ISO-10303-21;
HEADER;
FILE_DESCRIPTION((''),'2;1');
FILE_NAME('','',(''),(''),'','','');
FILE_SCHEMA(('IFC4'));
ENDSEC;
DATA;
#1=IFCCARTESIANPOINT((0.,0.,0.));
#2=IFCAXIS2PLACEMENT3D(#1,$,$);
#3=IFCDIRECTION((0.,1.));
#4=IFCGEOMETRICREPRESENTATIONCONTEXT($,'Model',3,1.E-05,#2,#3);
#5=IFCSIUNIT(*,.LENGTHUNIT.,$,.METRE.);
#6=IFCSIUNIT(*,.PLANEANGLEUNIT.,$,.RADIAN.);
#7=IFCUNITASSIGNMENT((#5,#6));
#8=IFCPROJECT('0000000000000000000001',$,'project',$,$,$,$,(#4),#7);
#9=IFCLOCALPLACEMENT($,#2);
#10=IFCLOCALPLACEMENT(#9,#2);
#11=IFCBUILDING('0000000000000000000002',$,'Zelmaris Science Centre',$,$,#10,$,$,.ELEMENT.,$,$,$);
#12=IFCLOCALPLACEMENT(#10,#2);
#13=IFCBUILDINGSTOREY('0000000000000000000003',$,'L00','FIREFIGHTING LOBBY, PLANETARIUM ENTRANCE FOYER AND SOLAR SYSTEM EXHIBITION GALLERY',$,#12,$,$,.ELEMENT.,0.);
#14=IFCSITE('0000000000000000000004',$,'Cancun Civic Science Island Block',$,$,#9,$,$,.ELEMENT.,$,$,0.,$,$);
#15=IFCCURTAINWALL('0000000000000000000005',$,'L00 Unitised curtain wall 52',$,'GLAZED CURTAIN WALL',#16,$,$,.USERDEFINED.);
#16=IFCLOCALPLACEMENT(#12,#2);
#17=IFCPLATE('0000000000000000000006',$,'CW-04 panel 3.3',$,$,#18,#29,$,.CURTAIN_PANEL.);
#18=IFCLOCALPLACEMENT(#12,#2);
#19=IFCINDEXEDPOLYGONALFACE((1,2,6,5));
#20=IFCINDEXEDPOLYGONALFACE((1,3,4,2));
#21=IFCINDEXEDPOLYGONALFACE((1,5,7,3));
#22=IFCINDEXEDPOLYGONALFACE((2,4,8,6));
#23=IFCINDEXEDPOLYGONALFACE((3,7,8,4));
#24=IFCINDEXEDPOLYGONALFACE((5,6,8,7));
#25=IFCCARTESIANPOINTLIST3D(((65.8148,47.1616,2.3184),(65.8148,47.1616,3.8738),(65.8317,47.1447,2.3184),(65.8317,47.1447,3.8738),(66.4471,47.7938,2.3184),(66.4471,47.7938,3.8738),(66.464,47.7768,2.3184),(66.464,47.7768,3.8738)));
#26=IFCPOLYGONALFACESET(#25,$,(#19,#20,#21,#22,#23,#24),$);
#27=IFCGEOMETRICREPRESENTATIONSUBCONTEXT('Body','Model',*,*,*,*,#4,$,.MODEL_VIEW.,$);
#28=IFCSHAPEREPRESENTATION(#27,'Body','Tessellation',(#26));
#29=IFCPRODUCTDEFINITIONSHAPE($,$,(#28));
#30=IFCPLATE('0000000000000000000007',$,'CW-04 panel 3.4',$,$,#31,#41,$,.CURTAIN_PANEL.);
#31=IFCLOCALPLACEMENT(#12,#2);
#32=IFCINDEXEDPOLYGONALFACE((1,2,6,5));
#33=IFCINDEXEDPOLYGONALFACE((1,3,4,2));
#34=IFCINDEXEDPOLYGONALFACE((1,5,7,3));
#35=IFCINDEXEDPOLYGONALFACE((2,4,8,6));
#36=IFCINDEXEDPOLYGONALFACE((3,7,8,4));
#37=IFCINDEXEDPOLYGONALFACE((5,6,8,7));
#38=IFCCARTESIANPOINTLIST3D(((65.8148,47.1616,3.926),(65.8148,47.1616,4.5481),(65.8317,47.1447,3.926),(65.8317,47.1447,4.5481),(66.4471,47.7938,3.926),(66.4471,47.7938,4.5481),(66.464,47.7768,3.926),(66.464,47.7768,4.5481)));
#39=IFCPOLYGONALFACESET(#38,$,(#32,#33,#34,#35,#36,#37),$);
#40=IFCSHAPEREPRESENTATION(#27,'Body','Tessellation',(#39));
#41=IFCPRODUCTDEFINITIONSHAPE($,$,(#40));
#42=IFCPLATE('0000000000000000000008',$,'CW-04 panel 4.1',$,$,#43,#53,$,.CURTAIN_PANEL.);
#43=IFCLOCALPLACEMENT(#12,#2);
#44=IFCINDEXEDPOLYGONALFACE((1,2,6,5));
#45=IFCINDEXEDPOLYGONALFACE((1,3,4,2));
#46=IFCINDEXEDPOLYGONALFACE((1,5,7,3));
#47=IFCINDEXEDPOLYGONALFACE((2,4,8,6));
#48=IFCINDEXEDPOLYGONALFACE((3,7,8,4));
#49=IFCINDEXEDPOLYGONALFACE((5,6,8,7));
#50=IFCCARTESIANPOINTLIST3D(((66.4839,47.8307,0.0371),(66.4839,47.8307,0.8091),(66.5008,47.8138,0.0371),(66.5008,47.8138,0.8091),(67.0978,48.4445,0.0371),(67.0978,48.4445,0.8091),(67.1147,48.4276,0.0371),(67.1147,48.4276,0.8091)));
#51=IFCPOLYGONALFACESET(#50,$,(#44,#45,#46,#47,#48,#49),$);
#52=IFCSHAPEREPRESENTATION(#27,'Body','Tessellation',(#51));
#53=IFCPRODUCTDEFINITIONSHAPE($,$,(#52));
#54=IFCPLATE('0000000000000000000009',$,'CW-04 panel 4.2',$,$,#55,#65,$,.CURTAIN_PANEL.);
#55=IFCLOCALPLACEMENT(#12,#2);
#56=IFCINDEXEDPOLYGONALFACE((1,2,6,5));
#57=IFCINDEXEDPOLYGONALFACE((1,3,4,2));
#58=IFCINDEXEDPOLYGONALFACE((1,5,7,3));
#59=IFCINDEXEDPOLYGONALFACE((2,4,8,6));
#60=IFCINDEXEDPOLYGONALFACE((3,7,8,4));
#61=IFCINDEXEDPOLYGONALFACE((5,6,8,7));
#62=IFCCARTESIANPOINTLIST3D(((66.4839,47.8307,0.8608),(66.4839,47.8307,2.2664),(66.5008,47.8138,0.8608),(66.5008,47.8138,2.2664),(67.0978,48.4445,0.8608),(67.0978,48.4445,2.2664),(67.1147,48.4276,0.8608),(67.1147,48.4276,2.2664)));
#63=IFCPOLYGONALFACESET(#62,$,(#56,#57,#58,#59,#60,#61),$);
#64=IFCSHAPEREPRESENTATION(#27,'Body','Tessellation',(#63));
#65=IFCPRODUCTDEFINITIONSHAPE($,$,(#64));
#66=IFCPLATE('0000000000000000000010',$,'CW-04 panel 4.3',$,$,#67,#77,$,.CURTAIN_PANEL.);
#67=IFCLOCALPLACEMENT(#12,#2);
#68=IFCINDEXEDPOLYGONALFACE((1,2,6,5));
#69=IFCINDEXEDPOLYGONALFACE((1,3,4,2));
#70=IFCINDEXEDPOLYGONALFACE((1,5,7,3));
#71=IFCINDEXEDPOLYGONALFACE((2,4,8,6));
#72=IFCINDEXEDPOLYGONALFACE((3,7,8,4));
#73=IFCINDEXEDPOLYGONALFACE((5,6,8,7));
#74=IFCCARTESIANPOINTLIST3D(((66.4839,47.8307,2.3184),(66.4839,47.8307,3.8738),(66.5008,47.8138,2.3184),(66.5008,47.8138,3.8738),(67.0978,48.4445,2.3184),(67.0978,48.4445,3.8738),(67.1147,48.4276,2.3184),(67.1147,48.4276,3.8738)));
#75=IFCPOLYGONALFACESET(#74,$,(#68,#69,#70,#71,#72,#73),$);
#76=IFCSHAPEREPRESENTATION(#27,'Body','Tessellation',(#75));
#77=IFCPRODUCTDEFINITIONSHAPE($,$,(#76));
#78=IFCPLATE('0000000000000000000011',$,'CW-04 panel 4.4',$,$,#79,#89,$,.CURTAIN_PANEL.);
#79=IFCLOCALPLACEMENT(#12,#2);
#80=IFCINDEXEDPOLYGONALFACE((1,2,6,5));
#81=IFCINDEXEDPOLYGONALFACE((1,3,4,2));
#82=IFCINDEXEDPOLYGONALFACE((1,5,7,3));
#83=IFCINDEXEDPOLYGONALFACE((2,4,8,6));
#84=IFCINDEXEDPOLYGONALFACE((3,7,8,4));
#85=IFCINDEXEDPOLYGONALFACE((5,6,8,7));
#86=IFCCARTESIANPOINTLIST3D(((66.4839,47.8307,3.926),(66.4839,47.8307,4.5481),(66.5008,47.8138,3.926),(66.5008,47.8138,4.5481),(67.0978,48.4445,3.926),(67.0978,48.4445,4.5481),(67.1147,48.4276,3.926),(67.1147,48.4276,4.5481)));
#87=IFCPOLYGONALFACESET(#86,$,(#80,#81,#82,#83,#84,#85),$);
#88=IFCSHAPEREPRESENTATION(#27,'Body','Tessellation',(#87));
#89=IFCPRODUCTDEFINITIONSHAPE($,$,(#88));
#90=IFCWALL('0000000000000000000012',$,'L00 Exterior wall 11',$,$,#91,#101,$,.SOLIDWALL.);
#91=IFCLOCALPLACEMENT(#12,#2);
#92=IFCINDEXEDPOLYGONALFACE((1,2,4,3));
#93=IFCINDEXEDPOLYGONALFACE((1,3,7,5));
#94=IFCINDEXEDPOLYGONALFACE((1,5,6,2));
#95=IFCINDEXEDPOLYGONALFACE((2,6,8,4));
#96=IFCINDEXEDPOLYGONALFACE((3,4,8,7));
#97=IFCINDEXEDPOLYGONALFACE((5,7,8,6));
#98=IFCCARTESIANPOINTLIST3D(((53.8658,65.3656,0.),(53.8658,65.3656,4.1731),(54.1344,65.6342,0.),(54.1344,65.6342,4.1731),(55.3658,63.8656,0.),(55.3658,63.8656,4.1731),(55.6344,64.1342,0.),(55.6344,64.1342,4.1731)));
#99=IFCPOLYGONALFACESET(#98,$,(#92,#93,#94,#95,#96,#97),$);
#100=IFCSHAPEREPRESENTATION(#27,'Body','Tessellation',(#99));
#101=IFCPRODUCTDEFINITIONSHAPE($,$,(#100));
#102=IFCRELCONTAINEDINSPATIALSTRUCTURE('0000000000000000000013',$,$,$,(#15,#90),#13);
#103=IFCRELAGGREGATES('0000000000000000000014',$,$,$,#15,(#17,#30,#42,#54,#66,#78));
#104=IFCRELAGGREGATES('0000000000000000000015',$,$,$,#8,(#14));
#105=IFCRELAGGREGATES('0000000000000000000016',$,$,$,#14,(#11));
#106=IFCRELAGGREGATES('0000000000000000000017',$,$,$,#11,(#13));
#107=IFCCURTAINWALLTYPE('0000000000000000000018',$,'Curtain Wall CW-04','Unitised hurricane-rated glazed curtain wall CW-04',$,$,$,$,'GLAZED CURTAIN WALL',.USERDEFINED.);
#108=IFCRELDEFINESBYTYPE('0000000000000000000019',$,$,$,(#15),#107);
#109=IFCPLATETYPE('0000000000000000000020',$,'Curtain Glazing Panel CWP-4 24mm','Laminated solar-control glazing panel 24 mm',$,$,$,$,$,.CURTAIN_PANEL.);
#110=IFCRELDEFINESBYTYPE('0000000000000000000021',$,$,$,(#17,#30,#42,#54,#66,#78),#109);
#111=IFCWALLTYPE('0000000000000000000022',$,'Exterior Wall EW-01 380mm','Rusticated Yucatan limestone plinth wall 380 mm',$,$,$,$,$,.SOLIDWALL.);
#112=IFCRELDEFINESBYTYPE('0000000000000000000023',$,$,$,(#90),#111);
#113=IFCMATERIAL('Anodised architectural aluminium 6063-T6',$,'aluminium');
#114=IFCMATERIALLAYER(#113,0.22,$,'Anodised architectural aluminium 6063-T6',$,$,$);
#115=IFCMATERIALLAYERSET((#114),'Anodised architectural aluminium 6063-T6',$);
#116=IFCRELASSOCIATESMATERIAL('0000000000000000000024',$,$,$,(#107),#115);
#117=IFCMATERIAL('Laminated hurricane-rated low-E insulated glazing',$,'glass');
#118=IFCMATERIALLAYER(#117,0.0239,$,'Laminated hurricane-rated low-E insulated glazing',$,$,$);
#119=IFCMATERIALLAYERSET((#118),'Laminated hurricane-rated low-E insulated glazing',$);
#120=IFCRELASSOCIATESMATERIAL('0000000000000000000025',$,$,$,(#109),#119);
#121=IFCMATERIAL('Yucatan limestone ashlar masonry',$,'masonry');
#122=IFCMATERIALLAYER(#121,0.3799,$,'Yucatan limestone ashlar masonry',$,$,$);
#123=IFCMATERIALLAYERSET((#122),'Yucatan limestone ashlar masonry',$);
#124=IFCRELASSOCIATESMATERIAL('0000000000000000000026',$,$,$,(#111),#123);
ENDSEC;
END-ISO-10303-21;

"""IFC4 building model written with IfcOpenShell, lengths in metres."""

from ifc_helpers import new_model, si_unit, direction, frame, frame_2d, origin, origin_2d, place, context, subcontext, project, spatial, rectangle, extrude, material, layer, layer_set, type_object, element, aggregate, save


model = new_model("IFC4")

# Units and contexts
model_context = context("Model", 3, precision=1e-05, world=origin(), true_north=direction((0.0, 1.0)))
body_context = subcontext(model_context, "Body", "Model", "MODEL_VIEW")
ifc_project = project(units=[si_unit("LENGTHUNIT", "METRE"), si_unit("PLANEANGLEUNIT", "RADIAN")], contexts=[model_context])

# Site, building, storey
site_placement = place(None, origin())
site = spatial("IfcSite", under=ifc_project, at=site_placement, Name="Cancun Civic Science Island Block", CompositionType="ELEMENT", RefElevation=0.0)
building_placement = place(site_placement, origin())
building = spatial("IfcBuilding", under=site, at=building_placement, Name="Zelmaris Science Centre", CompositionType="ELEMENT")
storey_placement = place(building_placement, origin())
storey = spatial("IfcBuildingStorey", under=building, at=storey_placement, Name="L00", Description="FIREFIGHTING LOBBY, PLANETARIUM ENTRANCE FOYER AND SOLAR SYSTEM EXHIBITION GALLERY", CompositionType="ELEMENT", Elevation=0.0)

# Curtain wall
ifc_material_1 = material(Name="Anodised architectural aluminium 6063-T6", Category="aluminium")
ifc_layer_1 = layer(ifc_material_1, 0.22, Name="Anodised architectural aluminium 6063-T6")
ifc_layer_set_1 = layer_set([ifc_layer_1], Name="Anodised architectural aluminium 6063-T6")
curtain_wall_type_1 = type_object("IfcCurtainWallType", Name="Curtain Wall CW-04", Description="Unitised hurricane-rated glazed curtain wall CW-04", ElementType="GLAZED CURTAIN WALL", PredefinedType="USERDEFINED", material=ifc_layer_set_1)
curtain_wall_1_placement = place(storey_placement, origin())
curtain_wall_1 = element("IfcCurtainWall", 1, at=curtain_wall_1_placement, inside=storey, type_object=curtain_wall_type_1, Name="L00 Unitised curtain wall 52", ObjectType="GLAZED CURTAIN WALL", PredefinedType="USERDEFINED")

# Plates
ifc_material_2 = material(Name="Laminated hurricane-rated low-E insulated glazing", Category="glass")
ifc_layer_2 = layer(ifc_material_2, 0.0239, Name="Laminated hurricane-rated low-E insulated glazing")
ifc_layer_set_2 = layer_set([ifc_layer_2], Name="Laminated hurricane-rated low-E insulated glazing")
plate_type = type_object("IfcPlateType", Name="Curtain Glazing Panel CWP-4 24mm", Description="Laminated solar-control glazing panel 24 mm", PredefinedType="CURTAIN_PANEL", material=ifc_layer_set_2)
plate_1_placement = place(storey_placement, frame((66.1394, 47.4692, 2.3184), z_axis=(0.0, 0.0, 1.0), x_axis=(0.707173, 0.707041, 0.0)))
plate_1 = element("IfcPlate", 2, at=plate_1_placement, type_object=plate_type, Name="CW-04 panel 3.3", PredefinedType="CURTAIN_PANEL", context=body_context, shape_type="SweptSolid", body=[
    extrude(rectangle(XDim=0.894, YDim=0.0239, at=origin_2d()), origin(), (0.0, 0.0, 1.0), 1.5554),
])
plate_2_placement = place(storey_placement, frame((66.1394, 47.4692, 3.926), z_axis=(0.0, 0.0, 1.0), x_axis=(0.707173, 0.707041, 0.0)))
plate_2 = element("IfcPlate", 3, at=plate_2_placement, type_object=plate_type, Name="CW-04 panel 3.4", PredefinedType="CURTAIN_PANEL", context=body_context, shape_type="SweptSolid", body=[
    extrude(rectangle(XDim=0.894, YDim=0.0239, at=origin_2d()), origin(), (0.0, 0.0, 1.0), 0.6221),
])
plate_3_placement = place(storey_placement, frame((66.7993, 48.1292, 0.0371), z_axis=(0.0, 0.0, 1.0), x_axis=(0.707173, 0.707041, 0.0)))
plate_3 = element("IfcPlate", 4, at=plate_3_placement, type_object=plate_type, Name="CW-04 panel 4.1", PredefinedType="CURTAIN_PANEL", context=body_context, shape_type="SweptSolid", body=[
    extrude(rectangle(XDim=0.8682, YDim=0.0239, at=origin_2d()), origin(), (0.0, 0.0, 1.0), 0.772),
])
plate_4_placement = place(storey_placement, frame((66.7993, 48.1292, 0.8608), z_axis=(0.0, 0.0, 1.0), x_axis=(0.707173, 0.707041, 0.0)))
plate_4 = element("IfcPlate", 5, at=plate_4_placement, type_object=plate_type, Name="CW-04 panel 4.2", PredefinedType="CURTAIN_PANEL", context=body_context, shape_type="SweptSolid", body=[
    extrude(rectangle(XDim=0.8682, YDim=0.0239, at=origin_2d()), origin(), (0.0, 0.0, 1.0), 1.4055),
])
plate_5_placement = place(storey_placement, frame((66.7993, 48.1292, 2.3184), z_axis=(0.0, 0.0, 1.0), x_axis=(0.707173, 0.707041, 0.0)))
plate_5 = element("IfcPlate", 6, at=plate_5_placement, type_object=plate_type, Name="CW-04 panel 4.3", PredefinedType="CURTAIN_PANEL", context=body_context, shape_type="SweptSolid", body=[
    extrude(rectangle(XDim=0.8682, YDim=0.0239, at=origin_2d()), origin(), (0.0, 0.0, 1.0), 1.5554),
])
plate_6_placement = place(storey_placement, frame((66.7993, 48.1292, 3.926), z_axis=(0.0, 0.0, 1.0), x_axis=(0.707173, 0.707041, 0.0)))
plate_6 = element("IfcPlate", 7, at=plate_6_placement, type_object=plate_type, Name="CW-04 panel 4.4", PredefinedType="CURTAIN_PANEL", context=body_context, shape_type="SweptSolid", body=[
    extrude(rectangle(XDim=0.8682, YDim=0.0239, at=origin_2d()), origin(), (0.0, 0.0, 1.0), 0.6221),
])
aggregate(curtain_wall_1, [plate_1, plate_2, plate_3, plate_4, plate_5, plate_6])

# Wall
ifc_material_3 = material(Name="Yucatan limestone ashlar masonry", Category="masonry")
ifc_layer_3 = layer(ifc_material_3, 0.3799, Name="Yucatan limestone ashlar masonry")
ifc_layer_set_3 = layer_set([ifc_layer_3], Name="Yucatan limestone ashlar masonry")
wall_type = type_object("IfcWallType", Name="Exterior Wall EW-01 380mm", Description="Rusticated Yucatan limestone plinth wall 380 mm", PredefinedType="SOLIDWALL", material=ifc_layer_set_3)
wall_placement = place(storey_placement, frame((55.5, 64.0, 0.0), z_axis=(0.0, 0.0, 1.0), x_axis=(-0.707107, 0.707107, 0.0)))
element("IfcWall", 8, at=wall_placement, inside=storey, type_object=wall_type, Name="L00 Exterior wall 11", PredefinedType="SOLIDWALL", context=body_context, shape_type="SweptSolid", body=[
    extrude(rectangle(XDim=2.1213, YDim=0.3799, at=frame_2d((1.0605, 0.0))), origin(), (0.0, 0.0, 1.0), 4.1731),
])

save(model, "model.ifc")
